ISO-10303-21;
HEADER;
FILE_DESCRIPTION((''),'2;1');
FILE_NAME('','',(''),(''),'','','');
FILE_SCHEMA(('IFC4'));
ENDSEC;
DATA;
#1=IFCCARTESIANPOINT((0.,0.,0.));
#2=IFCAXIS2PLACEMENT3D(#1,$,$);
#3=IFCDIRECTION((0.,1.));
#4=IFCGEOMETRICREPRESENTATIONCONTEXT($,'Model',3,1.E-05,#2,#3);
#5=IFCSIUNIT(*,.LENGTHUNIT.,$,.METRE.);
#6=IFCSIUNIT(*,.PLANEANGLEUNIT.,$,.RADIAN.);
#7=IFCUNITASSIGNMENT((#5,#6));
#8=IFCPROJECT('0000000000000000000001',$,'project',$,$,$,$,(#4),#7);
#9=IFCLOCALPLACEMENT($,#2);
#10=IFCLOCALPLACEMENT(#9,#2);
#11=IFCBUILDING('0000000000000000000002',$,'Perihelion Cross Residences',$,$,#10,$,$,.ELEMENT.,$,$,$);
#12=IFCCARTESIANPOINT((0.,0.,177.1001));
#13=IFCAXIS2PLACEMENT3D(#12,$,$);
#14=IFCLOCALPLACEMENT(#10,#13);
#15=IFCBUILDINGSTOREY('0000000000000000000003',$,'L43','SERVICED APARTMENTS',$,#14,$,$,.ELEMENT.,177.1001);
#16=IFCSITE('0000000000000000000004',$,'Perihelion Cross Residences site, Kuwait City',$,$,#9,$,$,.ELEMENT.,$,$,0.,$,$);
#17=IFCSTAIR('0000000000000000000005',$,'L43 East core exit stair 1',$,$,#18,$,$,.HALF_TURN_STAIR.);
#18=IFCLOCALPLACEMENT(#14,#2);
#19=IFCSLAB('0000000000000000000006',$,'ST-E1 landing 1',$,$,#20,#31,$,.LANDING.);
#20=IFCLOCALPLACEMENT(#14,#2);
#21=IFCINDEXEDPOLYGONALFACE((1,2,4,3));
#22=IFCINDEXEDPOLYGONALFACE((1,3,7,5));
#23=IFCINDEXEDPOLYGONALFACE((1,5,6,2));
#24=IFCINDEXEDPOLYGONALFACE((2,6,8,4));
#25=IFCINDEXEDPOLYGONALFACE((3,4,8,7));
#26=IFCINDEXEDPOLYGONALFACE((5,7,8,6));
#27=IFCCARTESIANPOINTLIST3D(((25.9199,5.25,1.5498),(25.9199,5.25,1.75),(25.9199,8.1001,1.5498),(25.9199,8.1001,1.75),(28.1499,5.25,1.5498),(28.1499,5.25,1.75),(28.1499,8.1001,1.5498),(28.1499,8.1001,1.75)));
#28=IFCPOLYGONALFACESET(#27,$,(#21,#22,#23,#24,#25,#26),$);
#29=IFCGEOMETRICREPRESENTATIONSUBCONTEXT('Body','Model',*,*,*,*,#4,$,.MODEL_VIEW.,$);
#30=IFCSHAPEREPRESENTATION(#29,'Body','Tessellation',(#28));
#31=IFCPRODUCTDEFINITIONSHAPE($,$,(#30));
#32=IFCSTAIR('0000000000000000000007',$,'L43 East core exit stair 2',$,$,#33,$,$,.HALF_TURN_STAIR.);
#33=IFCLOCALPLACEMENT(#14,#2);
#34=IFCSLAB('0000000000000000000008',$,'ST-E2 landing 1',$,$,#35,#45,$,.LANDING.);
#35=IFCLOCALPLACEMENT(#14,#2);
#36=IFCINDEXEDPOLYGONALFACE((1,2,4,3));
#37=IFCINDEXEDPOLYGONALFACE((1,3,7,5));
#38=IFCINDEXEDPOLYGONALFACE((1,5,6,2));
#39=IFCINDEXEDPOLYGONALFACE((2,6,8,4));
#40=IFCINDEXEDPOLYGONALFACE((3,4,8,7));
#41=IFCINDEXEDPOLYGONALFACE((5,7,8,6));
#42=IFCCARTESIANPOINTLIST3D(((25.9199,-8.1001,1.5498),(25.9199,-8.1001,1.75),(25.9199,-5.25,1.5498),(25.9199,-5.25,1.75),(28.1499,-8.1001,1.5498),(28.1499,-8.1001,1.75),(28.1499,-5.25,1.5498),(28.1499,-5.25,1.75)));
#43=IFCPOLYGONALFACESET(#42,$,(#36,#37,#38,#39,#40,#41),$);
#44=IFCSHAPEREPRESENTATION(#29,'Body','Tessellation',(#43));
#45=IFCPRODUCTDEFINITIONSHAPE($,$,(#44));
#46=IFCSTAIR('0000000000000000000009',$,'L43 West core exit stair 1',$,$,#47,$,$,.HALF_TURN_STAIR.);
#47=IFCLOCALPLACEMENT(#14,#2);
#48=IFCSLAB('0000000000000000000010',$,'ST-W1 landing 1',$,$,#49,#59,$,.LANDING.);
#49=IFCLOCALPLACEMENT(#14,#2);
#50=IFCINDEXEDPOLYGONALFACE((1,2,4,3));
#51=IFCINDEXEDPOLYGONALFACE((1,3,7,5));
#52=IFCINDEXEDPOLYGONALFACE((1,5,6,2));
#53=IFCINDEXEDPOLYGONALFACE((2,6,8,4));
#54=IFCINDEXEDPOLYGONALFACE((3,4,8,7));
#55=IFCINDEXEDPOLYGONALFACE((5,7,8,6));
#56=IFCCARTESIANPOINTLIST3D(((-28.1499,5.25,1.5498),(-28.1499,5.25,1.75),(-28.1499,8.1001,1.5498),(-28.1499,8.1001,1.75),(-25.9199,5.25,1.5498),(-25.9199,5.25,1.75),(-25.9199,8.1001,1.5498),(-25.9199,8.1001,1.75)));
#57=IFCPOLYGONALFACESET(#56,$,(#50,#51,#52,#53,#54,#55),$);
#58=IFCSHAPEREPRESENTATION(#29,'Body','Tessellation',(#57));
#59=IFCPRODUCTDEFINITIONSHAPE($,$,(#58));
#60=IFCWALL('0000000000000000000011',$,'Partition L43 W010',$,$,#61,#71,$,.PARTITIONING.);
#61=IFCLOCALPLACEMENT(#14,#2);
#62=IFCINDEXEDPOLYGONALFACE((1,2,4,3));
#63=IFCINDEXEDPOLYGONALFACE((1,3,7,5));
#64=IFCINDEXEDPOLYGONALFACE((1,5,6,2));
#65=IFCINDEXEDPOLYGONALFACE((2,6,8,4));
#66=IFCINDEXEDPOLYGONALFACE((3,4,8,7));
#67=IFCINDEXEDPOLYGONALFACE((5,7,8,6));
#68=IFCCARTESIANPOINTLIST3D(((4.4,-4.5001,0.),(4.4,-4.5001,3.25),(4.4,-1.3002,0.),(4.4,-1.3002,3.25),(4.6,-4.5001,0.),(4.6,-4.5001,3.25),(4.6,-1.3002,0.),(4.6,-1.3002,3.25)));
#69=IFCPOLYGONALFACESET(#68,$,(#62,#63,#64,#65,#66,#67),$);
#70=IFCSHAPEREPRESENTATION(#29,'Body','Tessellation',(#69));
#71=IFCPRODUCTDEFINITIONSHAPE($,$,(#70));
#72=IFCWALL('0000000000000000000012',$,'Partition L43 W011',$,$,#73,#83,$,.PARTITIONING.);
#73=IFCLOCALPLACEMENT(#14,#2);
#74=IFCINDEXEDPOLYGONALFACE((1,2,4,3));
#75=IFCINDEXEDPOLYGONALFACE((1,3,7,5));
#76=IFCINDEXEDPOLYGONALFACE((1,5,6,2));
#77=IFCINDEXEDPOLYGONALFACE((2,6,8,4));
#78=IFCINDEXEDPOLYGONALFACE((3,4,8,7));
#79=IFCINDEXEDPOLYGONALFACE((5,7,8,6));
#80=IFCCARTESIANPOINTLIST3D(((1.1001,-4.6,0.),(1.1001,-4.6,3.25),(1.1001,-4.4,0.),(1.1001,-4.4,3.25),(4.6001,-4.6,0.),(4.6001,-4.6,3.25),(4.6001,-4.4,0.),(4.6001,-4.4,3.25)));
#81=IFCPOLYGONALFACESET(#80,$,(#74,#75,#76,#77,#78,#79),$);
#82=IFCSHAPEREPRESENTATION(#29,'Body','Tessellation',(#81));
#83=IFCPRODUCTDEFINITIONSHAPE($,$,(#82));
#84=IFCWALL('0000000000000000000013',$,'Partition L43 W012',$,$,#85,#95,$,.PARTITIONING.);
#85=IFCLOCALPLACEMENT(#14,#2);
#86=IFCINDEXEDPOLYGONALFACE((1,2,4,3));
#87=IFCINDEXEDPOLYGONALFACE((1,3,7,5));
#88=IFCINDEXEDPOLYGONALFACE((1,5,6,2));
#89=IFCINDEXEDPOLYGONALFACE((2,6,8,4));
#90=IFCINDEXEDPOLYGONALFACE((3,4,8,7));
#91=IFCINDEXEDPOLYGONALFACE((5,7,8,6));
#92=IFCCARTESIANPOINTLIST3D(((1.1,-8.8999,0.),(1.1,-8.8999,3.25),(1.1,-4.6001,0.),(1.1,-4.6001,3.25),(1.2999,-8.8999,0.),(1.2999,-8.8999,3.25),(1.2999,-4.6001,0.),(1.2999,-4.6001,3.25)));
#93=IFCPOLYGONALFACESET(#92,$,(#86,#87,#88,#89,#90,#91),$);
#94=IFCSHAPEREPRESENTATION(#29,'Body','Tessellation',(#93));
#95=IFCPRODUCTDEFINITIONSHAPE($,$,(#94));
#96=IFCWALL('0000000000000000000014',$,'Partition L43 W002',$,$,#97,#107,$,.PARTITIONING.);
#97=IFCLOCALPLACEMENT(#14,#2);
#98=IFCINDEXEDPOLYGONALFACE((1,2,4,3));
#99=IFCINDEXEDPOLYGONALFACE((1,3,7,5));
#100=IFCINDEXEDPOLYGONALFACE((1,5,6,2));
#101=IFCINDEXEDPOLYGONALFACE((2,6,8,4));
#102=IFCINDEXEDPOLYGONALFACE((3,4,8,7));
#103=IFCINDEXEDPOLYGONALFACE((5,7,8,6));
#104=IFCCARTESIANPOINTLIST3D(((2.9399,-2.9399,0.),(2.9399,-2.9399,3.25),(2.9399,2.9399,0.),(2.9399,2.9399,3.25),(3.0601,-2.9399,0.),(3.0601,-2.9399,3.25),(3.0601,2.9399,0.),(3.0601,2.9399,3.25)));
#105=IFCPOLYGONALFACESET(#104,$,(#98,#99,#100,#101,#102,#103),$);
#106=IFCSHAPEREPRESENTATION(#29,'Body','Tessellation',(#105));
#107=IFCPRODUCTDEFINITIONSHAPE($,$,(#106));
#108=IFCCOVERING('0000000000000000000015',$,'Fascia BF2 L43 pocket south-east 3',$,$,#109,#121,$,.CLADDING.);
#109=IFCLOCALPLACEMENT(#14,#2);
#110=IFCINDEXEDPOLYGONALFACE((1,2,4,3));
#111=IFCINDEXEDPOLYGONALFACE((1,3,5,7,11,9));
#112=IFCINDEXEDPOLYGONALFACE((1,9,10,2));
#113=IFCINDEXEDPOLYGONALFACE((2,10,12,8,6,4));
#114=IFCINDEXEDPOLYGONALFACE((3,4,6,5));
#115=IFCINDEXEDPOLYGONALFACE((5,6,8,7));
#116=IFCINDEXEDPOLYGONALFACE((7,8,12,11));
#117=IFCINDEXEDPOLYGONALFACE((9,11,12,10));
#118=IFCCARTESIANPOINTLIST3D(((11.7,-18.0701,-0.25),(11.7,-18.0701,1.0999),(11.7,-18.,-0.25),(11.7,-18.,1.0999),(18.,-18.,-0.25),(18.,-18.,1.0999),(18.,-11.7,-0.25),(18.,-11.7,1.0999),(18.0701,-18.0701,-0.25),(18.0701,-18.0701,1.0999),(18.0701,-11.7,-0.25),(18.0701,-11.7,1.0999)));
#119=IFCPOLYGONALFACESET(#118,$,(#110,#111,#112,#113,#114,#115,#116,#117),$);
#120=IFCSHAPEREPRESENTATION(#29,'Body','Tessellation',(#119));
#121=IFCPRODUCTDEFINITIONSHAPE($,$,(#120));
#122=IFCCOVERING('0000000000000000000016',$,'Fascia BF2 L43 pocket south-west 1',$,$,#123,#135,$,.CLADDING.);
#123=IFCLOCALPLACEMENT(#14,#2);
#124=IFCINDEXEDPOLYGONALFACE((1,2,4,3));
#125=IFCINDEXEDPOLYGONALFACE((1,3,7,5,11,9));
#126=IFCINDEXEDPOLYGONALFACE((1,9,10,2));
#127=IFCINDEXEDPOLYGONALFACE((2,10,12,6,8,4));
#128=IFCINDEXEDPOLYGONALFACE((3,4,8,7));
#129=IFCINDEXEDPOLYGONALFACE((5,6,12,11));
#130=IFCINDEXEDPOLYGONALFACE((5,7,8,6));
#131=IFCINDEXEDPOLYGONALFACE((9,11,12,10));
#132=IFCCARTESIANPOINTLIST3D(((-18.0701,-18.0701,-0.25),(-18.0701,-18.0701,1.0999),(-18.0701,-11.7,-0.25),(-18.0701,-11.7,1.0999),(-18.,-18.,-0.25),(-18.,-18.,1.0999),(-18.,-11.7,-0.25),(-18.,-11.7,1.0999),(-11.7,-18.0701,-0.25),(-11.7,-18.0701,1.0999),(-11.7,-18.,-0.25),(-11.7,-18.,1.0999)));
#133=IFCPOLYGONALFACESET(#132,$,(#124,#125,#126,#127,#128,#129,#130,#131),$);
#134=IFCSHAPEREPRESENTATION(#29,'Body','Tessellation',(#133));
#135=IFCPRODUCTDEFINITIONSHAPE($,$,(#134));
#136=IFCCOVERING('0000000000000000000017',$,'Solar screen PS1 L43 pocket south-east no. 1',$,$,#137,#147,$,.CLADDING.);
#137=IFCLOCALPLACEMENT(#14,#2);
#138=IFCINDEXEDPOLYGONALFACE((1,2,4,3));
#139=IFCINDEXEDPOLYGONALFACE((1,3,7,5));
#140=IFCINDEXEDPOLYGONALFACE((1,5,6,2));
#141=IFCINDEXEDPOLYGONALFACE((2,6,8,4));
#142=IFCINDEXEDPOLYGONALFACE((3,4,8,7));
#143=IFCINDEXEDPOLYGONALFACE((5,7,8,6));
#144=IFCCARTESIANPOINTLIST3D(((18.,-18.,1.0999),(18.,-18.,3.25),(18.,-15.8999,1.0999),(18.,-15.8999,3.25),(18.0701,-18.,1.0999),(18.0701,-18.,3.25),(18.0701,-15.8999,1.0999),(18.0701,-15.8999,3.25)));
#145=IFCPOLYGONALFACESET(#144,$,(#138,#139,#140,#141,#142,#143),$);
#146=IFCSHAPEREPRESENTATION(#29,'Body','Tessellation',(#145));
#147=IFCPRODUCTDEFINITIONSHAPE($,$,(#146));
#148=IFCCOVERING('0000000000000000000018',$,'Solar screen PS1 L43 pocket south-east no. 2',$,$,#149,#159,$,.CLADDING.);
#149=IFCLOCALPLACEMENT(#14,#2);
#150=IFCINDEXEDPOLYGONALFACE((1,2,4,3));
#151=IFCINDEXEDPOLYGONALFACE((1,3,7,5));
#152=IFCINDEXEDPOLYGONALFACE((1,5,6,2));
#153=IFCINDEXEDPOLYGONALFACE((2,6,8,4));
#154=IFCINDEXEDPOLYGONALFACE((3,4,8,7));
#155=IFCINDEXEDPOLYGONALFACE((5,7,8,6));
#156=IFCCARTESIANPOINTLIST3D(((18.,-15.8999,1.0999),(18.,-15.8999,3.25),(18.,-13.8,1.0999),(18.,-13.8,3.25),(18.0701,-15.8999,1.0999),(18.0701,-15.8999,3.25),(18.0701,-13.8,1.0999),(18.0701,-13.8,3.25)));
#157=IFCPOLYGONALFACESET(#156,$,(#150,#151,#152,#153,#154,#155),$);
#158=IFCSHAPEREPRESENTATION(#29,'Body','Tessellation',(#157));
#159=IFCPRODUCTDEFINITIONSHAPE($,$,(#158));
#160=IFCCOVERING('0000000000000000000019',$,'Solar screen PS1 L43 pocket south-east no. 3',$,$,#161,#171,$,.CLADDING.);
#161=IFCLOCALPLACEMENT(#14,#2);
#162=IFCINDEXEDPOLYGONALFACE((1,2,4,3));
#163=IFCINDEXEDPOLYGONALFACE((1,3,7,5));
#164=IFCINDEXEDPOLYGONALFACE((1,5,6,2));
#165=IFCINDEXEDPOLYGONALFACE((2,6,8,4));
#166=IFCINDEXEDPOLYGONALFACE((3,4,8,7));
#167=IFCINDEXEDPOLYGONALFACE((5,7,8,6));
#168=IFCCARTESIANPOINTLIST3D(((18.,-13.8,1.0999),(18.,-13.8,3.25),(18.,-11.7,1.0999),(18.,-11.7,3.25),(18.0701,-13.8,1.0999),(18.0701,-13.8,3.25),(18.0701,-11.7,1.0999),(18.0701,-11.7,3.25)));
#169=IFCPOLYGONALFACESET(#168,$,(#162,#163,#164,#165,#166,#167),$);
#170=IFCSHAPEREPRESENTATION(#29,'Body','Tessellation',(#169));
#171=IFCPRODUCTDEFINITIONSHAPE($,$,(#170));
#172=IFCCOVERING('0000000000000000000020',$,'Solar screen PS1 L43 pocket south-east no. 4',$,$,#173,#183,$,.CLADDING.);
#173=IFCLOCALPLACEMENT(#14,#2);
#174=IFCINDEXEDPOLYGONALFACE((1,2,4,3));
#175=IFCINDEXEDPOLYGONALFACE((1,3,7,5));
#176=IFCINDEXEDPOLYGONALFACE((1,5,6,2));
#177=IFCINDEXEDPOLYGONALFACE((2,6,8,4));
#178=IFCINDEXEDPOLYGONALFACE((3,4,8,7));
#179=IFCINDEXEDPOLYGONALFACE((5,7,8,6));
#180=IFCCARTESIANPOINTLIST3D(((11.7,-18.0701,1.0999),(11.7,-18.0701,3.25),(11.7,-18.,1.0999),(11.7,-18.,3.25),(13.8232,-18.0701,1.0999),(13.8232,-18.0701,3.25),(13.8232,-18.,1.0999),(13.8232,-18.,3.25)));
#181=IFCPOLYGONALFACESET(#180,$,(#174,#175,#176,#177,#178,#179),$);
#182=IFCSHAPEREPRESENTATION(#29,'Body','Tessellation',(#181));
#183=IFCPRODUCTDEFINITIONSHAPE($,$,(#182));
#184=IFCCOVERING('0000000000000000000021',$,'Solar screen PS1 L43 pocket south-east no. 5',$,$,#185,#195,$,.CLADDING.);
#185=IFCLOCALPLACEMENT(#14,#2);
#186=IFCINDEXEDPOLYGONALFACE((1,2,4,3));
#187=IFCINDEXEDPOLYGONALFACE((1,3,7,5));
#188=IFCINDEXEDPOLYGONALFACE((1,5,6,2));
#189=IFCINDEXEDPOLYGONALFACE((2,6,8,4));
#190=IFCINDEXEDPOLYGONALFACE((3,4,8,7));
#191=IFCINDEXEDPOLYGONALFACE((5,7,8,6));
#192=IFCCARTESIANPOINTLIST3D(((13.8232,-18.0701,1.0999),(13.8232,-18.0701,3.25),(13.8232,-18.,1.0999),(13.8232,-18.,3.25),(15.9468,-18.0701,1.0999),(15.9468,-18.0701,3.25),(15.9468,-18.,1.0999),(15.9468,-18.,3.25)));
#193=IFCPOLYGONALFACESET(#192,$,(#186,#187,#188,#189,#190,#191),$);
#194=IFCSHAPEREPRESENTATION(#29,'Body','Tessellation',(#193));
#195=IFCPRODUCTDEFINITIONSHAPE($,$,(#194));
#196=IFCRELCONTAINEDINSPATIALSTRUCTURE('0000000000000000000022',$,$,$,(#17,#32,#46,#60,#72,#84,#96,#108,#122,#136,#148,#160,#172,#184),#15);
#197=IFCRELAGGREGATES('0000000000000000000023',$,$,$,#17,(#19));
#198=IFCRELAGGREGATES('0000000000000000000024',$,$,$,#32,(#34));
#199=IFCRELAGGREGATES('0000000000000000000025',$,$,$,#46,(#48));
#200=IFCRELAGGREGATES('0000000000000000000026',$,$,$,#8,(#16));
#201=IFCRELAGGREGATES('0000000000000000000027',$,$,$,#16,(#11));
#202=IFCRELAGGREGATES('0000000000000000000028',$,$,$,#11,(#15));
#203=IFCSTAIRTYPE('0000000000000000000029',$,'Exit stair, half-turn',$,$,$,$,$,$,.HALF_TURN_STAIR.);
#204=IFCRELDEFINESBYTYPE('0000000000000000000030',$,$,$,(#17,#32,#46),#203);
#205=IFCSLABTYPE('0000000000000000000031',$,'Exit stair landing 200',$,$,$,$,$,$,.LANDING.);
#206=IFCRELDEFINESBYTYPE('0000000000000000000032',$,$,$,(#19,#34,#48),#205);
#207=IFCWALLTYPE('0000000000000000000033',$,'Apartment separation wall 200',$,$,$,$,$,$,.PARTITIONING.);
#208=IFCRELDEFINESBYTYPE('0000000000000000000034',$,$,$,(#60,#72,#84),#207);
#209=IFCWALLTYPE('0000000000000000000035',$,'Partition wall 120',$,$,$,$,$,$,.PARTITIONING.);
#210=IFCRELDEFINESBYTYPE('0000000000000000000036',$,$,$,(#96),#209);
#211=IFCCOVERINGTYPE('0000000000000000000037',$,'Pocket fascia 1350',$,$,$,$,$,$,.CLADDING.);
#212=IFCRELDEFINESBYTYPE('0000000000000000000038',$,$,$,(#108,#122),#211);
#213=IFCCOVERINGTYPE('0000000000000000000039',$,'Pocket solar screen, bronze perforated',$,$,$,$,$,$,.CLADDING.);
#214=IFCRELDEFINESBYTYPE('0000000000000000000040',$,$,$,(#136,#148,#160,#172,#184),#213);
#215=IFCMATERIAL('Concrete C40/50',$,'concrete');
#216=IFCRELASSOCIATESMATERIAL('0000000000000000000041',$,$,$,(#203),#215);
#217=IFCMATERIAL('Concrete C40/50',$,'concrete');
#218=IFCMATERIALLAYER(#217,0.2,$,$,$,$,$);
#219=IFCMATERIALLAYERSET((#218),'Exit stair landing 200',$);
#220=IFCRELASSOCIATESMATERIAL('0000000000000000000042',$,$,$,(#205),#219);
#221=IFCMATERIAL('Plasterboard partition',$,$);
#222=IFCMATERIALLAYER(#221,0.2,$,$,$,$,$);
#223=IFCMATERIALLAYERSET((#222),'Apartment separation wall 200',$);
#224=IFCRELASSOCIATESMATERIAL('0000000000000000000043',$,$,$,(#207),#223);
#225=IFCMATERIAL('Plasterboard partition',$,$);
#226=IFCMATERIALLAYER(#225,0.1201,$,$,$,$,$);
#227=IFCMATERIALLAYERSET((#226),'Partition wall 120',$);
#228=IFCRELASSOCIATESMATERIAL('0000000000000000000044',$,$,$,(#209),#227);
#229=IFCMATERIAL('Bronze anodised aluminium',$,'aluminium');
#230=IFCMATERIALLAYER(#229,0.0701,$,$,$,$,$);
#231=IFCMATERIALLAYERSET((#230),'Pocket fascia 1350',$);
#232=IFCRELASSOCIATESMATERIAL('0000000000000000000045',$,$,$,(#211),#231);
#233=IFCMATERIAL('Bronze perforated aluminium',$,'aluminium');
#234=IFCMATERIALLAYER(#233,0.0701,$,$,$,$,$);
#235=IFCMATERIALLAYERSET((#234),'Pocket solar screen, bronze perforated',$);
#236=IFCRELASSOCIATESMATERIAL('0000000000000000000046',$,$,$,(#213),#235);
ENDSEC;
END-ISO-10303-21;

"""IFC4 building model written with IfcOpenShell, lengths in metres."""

from ifc_helpers import new_model, si_unit, direction, frame, frame_2d, origin, place, context, subcontext, project, spatial, polyline, rectangle, outline, extrude, material, layer, layer_set, type_object, element, aggregate, save


model = new_model("IFC4")

# Units and contexts
model_context = context("Model", 3, precision=1e-05, world=origin(), true_north=direction((0.0, 1.0)))
body_context = subcontext(model_context, "Body", "Model", "MODEL_VIEW")
ifc_project = project(units=[si_unit("LENGTHUNIT", "METRE"), si_unit("PLANEANGLEUNIT", "RADIAN")], contexts=[model_context])

# Site, building, storey
site_placement = place(None, origin())
site = spatial("IfcSite", under=ifc_project, at=site_placement, Name="Perihelion Cross Residences site, Kuwait City", CompositionType="ELEMENT", RefElevation=0.0)
building_placement = place(site_placement, origin())
building = spatial("IfcBuilding", under=site, at=building_placement, Name="Perihelion Cross Residences", CompositionType="ELEMENT")
storey_placement = place(building_placement, frame((0.0, 0.0, 177.1001)))
storey = spatial("IfcBuildingStorey", under=building, at=storey_placement, Name="L43", Description="SERVICED APARTMENTS", CompositionType="ELEMENT", Elevation=177.1001)

# Stairs, slabs
ifc_material_1 = material(Name="Concrete C40/50", Category="concrete")
stair_type = type_object("IfcStairType", Name="Exit stair, half-turn", PredefinedType="HALF_TURN_STAIR", material=ifc_material_1)
stair_1_placement = place(storey_placement, origin())
stair_1 = element("IfcStair", 1, at=stair_1_placement, inside=storey, type_object=stair_type, Name="L43 East core exit stair 1", PredefinedType="HALF_TURN_STAIR")
ifc_material_2 = material(Name="Concrete C40/50", Category="concrete")
ifc_layer_1 = layer(ifc_material_2, 0.2)
ifc_layer_set_1 = layer_set([ifc_layer_1], Name="Exit stair landing 200")
slab_type = type_object("IfcSlabType", Name="Exit stair landing 200", PredefinedType="LANDING", material=ifc_layer_set_1)
slab_1_placement = place(storey_placement, frame((0.0, 0.0, 1.5498)))
slab_1 = element("IfcSlab", 2, at=slab_1_placement, type_object=slab_type, Name="ST-E1 landing 1", PredefinedType="LANDING", context=body_context, shape_type="SweptSolid", body=[
    extrude(outline(polyline([(25.9199, 5.25), (28.1499, 5.25), (28.1499, 8.1001), (25.9199, 8.1001), (25.9199, 5.25)])), origin(), (0.0, 0.0, 1.0), 0.2002),
])
aggregate(stair_1, [slab_1])
stair_2_placement = place(storey_placement, origin())
stair_2 = element("IfcStair", 3, at=stair_2_placement, inside=storey, type_object=stair_type, Name="L43 East core exit stair 2", PredefinedType="HALF_TURN_STAIR")
slab_2_placement = place(storey_placement, frame((0.0, 0.0, 1.5498)))
slab_2 = element("IfcSlab", 4, at=slab_2_placement, type_object=slab_type, Name="ST-E2 landing 1", PredefinedType="LANDING", context=body_context, shape_type="SweptSolid", body=[
    extrude(outline(polyline([(25.9199, -8.1001), (28.1499, -8.1001), (28.1499, -5.25), (25.9199, -5.25), (25.9199, -8.1001)])), origin(), (0.0, 0.0, 1.0), 0.2002),
])
aggregate(stair_2, [slab_2])
stair_3_placement = place(storey_placement, origin())
stair_3 = element("IfcStair", 5, at=stair_3_placement, inside=storey, type_object=stair_type, Name="L43 West core exit stair 1", PredefinedType="HALF_TURN_STAIR")
slab_3_placement = place(storey_placement, frame((0.0, 0.0, 1.5498)))
slab_3 = element("IfcSlab", 6, at=slab_3_placement, type_object=slab_type, Name="ST-W1 landing 1", PredefinedType="LANDING", context=body_context, shape_type="SweptSolid", body=[
    extrude(outline(polyline([(-25.9199, 8.1001), (-28.1499, 8.1001), (-28.1499, 5.25), (-25.9199, 5.25), (-25.9199, 8.1001)])), origin(), (0.0, 0.0, 1.0), 0.2002),
])
aggregate(stair_3, [slab_3])

# Walls
ifc_material_3 = material(Name="Plasterboard partition")
ifc_layer_2 = layer(ifc_material_3, 0.2)
ifc_layer_set_2 = layer_set([ifc_layer_2], Name="Apartment separation wall 200")
wall_type_1 = type_object("IfcWallType", Name="Apartment separation wall 200", PredefinedType="PARTITIONING", material=ifc_layer_set_2)
wall_1_placement = place(storey_placement, frame((4.5, -1.3, 0.0), z_axis=(0.0, 0.0, 1.0), x_axis=(0.0, -1.0, 0.0)))
element("IfcWall", 7, at=wall_1_placement, inside=storey, type_object=wall_type_1, Name="Partition L43 W010", PredefinedType="PARTITIONING", context=body_context, shape_type="SweptSolid", body=[
    extrude(rectangle(XDim=3.2, YDim=0.2, at=frame_2d((1.6001, 0.0))), origin(), (0.0, 0.0, 1.0), 3.25),
])
wall_2_placement = place(storey_placement, frame((4.6001, -4.5, 0.0), z_axis=(0.0, 0.0, 1.0), x_axis=(-1.0, 0.0, 0.0)))
element("IfcWall", 8, at=wall_2_placement, inside=storey, type_object=wall_type_1, Name="Partition L43 W011", PredefinedType="PARTITIONING", context=body_context, shape_type="SweptSolid", body=[
    extrude(rectangle(XDim=3.5, YDim=0.2, at=frame_2d((1.75, 0.0))), origin(), (0.0, 0.0, 1.0), 3.25),
])
wall_3_placement = place(storey_placement, frame((1.2, -4.6001, 0.0), z_axis=(0.0, 0.0, 1.0), x_axis=(0.0, -1.0, 0.0)))
element("IfcWall", 9, at=wall_3_placement, inside=storey, type_object=wall_type_1, Name="Partition L43 W012", PredefinedType="PARTITIONING", context=body_context, shape_type="SweptSolid", body=[
    extrude(rectangle(XDim=4.2998, YDim=0.2, at=frame_2d((2.1499, 0.0))), origin(), (0.0, 0.0, 1.0), 3.25),
])
ifc_material_4 = material(Name="Plasterboard partition")
ifc_layer_3 = layer(ifc_material_4, 0.1201)
ifc_layer_set_3 = layer_set([ifc_layer_3], Name="Partition wall 120")
wall_type_2 = type_object("IfcWallType", Name="Partition wall 120", PredefinedType="PARTITIONING", material=ifc_layer_set_3)
wall_4_placement = place(storey_placement, frame((3.0, -2.9399, 0.0), z_axis=(0.0, 0.0, 1.0), x_axis=(0.0, 1.0, 0.0)))
element("IfcWall", 10, at=wall_4_placement, inside=storey, type_object=wall_type_2, Name="Partition L43 W002", PredefinedType="PARTITIONING", context=body_context, shape_type="SweptSolid", body=[
    extrude(rectangle(XDim=5.8799, YDim=0.1201, at=frame_2d((2.9399, 0.0))), origin(), (0.0, 0.0, 1.0), 3.25),
])

# Coverings
ifc_material_5 = material(Name="Bronze anodised aluminium", Category="aluminium")
ifc_layer_4 = layer(ifc_material_5, 0.0701)
ifc_layer_set_4 = layer_set([ifc_layer_4], Name="Pocket fascia 1350")
covering_type_1 = type_object("IfcCoveringType", Name="Pocket fascia 1350", PredefinedType="CLADDING", material=ifc_layer_set_4)
covering_1_placement = place(storey_placement, frame((0.0, 0.0, -0.25)))
element("IfcCovering", 11, at=covering_1_placement, inside=storey, type_object=covering_type_1, Name="Fascia BF2 L43 pocket south-east 3", PredefinedType="CLADDING", context=body_context, shape_type="SweptSolid", body=[
    extrude(outline(polyline([(18.0701, -18.0701), (18.0701, -11.7), (18.0, -11.7), (18.0, -18.0), (11.7, -18.0), (11.7, -18.0701), (18.0701, -18.0701)])), origin(), (0.0, 0.0, 1.0), 1.3499),
])
covering_2_placement = place(storey_placement, frame((0.0, 0.0, -0.25)))
element("IfcCovering", 12, at=covering_2_placement, inside=storey, type_object=covering_type_1, Name="Fascia BF2 L43 pocket south-west 1", PredefinedType="CLADDING", context=body_context, shape_type="SweptSolid", body=[
    extrude(outline(polyline([(-18.0701, -11.7), (-18.0701, -18.0701), (-11.7, -18.0701), (-11.7, -18.0), (-18.0, -18.0), (-18.0, -11.7), (-18.0701, -11.7)])), origin(), (0.0, 0.0, 1.0), 1.3499),
])
ifc_material_6 = material(Name="Bronze perforated aluminium", Category="aluminium")
ifc_layer_5 = layer(ifc_material_6, 0.0701)
ifc_layer_set_5 = layer_set([ifc_layer_5], Name="Pocket solar screen, bronze perforated")
covering_type_2 = type_object("IfcCoveringType", Name="Pocket solar screen, bronze perforated", PredefinedType="CLADDING", material=ifc_layer_set_5)
covering_3_placement = place(storey_placement, frame((0.0, 0.0, 1.0999)))
element("IfcCovering", 13, at=covering_3_placement, inside=storey, type_object=covering_type_2, Name="Solar screen PS1 L43 pocket south-east no. 1", PredefinedType="CLADDING", context=body_context, shape_type="SweptSolid", body=[
    extrude(outline(polyline([(18.0701, -18.0), (18.0701, -15.8999), (18.0, -15.8999), (18.0, -18.0), (18.0701, -18.0)])), origin(), (0.0, 0.0, 1.0), 2.1501),
])
covering_4_placement = place(storey_placement, frame((0.0, 0.0, 1.0999)))
element("IfcCovering", 14, at=covering_4_placement, inside=storey, type_object=covering_type_2, Name="Solar screen PS1 L43 pocket south-east no. 2", PredefinedType="CLADDING", context=body_context, shape_type="SweptSolid", body=[
    extrude(outline(polyline([(18.0701, -15.8999), (18.0701, -13.8), (18.0, -13.8), (18.0, -15.8999), (18.0701, -15.8999)])), origin(), (0.0, 0.0, 1.0), 2.1501),
])
covering_5_placement = place(storey_placement, frame((0.0, 0.0, 1.0999)))
element("IfcCovering", 15, at=covering_5_placement, inside=storey, type_object=covering_type_2, Name="Solar screen PS1 L43 pocket south-east no. 3", PredefinedType="CLADDING", context=body_context, shape_type="SweptSolid", body=[
    extrude(outline(polyline([(18.0701, -13.8), (18.0701, -11.7), (18.0, -11.7), (18.0, -13.8), (18.0701, -13.8)])), origin(), (0.0, 0.0, 1.0), 2.1501),
])
covering_6_placement = place(storey_placement, frame((0.0, 0.0, 1.0999)))
element("IfcCovering", 16, at=covering_6_placement, inside=storey, type_object=covering_type_2, Name="Solar screen PS1 L43 pocket south-east no. 4", PredefinedType="CLADDING", context=body_context, shape_type="SweptSolid", body=[
    extrude(outline(polyline([(13.8232, -18.0701), (13.8232, -18.0), (11.7, -18.0), (11.7, -18.0701), (13.8232, -18.0701)])), origin(), (0.0, 0.0, 1.0), 2.1501),
])
covering_7_placement = place(storey_placement, frame((0.0, 0.0, 1.0999)))
element("IfcCovering", 17, at=covering_7_placement, inside=storey, type_object=covering_type_2, Name="Solar screen PS1 L43 pocket south-east no. 5", PredefinedType="CLADDING", context=body_context, shape_type="SweptSolid", body=[
    extrude(outline(polyline([(15.9468, -18.0701), (15.9468, -18.0), (13.8232, -18.0), (13.8232, -18.0701), (15.9468, -18.0701)])), origin(), (0.0, 0.0, 1.0), 2.1501),
])

save(model, "model.ifc")
